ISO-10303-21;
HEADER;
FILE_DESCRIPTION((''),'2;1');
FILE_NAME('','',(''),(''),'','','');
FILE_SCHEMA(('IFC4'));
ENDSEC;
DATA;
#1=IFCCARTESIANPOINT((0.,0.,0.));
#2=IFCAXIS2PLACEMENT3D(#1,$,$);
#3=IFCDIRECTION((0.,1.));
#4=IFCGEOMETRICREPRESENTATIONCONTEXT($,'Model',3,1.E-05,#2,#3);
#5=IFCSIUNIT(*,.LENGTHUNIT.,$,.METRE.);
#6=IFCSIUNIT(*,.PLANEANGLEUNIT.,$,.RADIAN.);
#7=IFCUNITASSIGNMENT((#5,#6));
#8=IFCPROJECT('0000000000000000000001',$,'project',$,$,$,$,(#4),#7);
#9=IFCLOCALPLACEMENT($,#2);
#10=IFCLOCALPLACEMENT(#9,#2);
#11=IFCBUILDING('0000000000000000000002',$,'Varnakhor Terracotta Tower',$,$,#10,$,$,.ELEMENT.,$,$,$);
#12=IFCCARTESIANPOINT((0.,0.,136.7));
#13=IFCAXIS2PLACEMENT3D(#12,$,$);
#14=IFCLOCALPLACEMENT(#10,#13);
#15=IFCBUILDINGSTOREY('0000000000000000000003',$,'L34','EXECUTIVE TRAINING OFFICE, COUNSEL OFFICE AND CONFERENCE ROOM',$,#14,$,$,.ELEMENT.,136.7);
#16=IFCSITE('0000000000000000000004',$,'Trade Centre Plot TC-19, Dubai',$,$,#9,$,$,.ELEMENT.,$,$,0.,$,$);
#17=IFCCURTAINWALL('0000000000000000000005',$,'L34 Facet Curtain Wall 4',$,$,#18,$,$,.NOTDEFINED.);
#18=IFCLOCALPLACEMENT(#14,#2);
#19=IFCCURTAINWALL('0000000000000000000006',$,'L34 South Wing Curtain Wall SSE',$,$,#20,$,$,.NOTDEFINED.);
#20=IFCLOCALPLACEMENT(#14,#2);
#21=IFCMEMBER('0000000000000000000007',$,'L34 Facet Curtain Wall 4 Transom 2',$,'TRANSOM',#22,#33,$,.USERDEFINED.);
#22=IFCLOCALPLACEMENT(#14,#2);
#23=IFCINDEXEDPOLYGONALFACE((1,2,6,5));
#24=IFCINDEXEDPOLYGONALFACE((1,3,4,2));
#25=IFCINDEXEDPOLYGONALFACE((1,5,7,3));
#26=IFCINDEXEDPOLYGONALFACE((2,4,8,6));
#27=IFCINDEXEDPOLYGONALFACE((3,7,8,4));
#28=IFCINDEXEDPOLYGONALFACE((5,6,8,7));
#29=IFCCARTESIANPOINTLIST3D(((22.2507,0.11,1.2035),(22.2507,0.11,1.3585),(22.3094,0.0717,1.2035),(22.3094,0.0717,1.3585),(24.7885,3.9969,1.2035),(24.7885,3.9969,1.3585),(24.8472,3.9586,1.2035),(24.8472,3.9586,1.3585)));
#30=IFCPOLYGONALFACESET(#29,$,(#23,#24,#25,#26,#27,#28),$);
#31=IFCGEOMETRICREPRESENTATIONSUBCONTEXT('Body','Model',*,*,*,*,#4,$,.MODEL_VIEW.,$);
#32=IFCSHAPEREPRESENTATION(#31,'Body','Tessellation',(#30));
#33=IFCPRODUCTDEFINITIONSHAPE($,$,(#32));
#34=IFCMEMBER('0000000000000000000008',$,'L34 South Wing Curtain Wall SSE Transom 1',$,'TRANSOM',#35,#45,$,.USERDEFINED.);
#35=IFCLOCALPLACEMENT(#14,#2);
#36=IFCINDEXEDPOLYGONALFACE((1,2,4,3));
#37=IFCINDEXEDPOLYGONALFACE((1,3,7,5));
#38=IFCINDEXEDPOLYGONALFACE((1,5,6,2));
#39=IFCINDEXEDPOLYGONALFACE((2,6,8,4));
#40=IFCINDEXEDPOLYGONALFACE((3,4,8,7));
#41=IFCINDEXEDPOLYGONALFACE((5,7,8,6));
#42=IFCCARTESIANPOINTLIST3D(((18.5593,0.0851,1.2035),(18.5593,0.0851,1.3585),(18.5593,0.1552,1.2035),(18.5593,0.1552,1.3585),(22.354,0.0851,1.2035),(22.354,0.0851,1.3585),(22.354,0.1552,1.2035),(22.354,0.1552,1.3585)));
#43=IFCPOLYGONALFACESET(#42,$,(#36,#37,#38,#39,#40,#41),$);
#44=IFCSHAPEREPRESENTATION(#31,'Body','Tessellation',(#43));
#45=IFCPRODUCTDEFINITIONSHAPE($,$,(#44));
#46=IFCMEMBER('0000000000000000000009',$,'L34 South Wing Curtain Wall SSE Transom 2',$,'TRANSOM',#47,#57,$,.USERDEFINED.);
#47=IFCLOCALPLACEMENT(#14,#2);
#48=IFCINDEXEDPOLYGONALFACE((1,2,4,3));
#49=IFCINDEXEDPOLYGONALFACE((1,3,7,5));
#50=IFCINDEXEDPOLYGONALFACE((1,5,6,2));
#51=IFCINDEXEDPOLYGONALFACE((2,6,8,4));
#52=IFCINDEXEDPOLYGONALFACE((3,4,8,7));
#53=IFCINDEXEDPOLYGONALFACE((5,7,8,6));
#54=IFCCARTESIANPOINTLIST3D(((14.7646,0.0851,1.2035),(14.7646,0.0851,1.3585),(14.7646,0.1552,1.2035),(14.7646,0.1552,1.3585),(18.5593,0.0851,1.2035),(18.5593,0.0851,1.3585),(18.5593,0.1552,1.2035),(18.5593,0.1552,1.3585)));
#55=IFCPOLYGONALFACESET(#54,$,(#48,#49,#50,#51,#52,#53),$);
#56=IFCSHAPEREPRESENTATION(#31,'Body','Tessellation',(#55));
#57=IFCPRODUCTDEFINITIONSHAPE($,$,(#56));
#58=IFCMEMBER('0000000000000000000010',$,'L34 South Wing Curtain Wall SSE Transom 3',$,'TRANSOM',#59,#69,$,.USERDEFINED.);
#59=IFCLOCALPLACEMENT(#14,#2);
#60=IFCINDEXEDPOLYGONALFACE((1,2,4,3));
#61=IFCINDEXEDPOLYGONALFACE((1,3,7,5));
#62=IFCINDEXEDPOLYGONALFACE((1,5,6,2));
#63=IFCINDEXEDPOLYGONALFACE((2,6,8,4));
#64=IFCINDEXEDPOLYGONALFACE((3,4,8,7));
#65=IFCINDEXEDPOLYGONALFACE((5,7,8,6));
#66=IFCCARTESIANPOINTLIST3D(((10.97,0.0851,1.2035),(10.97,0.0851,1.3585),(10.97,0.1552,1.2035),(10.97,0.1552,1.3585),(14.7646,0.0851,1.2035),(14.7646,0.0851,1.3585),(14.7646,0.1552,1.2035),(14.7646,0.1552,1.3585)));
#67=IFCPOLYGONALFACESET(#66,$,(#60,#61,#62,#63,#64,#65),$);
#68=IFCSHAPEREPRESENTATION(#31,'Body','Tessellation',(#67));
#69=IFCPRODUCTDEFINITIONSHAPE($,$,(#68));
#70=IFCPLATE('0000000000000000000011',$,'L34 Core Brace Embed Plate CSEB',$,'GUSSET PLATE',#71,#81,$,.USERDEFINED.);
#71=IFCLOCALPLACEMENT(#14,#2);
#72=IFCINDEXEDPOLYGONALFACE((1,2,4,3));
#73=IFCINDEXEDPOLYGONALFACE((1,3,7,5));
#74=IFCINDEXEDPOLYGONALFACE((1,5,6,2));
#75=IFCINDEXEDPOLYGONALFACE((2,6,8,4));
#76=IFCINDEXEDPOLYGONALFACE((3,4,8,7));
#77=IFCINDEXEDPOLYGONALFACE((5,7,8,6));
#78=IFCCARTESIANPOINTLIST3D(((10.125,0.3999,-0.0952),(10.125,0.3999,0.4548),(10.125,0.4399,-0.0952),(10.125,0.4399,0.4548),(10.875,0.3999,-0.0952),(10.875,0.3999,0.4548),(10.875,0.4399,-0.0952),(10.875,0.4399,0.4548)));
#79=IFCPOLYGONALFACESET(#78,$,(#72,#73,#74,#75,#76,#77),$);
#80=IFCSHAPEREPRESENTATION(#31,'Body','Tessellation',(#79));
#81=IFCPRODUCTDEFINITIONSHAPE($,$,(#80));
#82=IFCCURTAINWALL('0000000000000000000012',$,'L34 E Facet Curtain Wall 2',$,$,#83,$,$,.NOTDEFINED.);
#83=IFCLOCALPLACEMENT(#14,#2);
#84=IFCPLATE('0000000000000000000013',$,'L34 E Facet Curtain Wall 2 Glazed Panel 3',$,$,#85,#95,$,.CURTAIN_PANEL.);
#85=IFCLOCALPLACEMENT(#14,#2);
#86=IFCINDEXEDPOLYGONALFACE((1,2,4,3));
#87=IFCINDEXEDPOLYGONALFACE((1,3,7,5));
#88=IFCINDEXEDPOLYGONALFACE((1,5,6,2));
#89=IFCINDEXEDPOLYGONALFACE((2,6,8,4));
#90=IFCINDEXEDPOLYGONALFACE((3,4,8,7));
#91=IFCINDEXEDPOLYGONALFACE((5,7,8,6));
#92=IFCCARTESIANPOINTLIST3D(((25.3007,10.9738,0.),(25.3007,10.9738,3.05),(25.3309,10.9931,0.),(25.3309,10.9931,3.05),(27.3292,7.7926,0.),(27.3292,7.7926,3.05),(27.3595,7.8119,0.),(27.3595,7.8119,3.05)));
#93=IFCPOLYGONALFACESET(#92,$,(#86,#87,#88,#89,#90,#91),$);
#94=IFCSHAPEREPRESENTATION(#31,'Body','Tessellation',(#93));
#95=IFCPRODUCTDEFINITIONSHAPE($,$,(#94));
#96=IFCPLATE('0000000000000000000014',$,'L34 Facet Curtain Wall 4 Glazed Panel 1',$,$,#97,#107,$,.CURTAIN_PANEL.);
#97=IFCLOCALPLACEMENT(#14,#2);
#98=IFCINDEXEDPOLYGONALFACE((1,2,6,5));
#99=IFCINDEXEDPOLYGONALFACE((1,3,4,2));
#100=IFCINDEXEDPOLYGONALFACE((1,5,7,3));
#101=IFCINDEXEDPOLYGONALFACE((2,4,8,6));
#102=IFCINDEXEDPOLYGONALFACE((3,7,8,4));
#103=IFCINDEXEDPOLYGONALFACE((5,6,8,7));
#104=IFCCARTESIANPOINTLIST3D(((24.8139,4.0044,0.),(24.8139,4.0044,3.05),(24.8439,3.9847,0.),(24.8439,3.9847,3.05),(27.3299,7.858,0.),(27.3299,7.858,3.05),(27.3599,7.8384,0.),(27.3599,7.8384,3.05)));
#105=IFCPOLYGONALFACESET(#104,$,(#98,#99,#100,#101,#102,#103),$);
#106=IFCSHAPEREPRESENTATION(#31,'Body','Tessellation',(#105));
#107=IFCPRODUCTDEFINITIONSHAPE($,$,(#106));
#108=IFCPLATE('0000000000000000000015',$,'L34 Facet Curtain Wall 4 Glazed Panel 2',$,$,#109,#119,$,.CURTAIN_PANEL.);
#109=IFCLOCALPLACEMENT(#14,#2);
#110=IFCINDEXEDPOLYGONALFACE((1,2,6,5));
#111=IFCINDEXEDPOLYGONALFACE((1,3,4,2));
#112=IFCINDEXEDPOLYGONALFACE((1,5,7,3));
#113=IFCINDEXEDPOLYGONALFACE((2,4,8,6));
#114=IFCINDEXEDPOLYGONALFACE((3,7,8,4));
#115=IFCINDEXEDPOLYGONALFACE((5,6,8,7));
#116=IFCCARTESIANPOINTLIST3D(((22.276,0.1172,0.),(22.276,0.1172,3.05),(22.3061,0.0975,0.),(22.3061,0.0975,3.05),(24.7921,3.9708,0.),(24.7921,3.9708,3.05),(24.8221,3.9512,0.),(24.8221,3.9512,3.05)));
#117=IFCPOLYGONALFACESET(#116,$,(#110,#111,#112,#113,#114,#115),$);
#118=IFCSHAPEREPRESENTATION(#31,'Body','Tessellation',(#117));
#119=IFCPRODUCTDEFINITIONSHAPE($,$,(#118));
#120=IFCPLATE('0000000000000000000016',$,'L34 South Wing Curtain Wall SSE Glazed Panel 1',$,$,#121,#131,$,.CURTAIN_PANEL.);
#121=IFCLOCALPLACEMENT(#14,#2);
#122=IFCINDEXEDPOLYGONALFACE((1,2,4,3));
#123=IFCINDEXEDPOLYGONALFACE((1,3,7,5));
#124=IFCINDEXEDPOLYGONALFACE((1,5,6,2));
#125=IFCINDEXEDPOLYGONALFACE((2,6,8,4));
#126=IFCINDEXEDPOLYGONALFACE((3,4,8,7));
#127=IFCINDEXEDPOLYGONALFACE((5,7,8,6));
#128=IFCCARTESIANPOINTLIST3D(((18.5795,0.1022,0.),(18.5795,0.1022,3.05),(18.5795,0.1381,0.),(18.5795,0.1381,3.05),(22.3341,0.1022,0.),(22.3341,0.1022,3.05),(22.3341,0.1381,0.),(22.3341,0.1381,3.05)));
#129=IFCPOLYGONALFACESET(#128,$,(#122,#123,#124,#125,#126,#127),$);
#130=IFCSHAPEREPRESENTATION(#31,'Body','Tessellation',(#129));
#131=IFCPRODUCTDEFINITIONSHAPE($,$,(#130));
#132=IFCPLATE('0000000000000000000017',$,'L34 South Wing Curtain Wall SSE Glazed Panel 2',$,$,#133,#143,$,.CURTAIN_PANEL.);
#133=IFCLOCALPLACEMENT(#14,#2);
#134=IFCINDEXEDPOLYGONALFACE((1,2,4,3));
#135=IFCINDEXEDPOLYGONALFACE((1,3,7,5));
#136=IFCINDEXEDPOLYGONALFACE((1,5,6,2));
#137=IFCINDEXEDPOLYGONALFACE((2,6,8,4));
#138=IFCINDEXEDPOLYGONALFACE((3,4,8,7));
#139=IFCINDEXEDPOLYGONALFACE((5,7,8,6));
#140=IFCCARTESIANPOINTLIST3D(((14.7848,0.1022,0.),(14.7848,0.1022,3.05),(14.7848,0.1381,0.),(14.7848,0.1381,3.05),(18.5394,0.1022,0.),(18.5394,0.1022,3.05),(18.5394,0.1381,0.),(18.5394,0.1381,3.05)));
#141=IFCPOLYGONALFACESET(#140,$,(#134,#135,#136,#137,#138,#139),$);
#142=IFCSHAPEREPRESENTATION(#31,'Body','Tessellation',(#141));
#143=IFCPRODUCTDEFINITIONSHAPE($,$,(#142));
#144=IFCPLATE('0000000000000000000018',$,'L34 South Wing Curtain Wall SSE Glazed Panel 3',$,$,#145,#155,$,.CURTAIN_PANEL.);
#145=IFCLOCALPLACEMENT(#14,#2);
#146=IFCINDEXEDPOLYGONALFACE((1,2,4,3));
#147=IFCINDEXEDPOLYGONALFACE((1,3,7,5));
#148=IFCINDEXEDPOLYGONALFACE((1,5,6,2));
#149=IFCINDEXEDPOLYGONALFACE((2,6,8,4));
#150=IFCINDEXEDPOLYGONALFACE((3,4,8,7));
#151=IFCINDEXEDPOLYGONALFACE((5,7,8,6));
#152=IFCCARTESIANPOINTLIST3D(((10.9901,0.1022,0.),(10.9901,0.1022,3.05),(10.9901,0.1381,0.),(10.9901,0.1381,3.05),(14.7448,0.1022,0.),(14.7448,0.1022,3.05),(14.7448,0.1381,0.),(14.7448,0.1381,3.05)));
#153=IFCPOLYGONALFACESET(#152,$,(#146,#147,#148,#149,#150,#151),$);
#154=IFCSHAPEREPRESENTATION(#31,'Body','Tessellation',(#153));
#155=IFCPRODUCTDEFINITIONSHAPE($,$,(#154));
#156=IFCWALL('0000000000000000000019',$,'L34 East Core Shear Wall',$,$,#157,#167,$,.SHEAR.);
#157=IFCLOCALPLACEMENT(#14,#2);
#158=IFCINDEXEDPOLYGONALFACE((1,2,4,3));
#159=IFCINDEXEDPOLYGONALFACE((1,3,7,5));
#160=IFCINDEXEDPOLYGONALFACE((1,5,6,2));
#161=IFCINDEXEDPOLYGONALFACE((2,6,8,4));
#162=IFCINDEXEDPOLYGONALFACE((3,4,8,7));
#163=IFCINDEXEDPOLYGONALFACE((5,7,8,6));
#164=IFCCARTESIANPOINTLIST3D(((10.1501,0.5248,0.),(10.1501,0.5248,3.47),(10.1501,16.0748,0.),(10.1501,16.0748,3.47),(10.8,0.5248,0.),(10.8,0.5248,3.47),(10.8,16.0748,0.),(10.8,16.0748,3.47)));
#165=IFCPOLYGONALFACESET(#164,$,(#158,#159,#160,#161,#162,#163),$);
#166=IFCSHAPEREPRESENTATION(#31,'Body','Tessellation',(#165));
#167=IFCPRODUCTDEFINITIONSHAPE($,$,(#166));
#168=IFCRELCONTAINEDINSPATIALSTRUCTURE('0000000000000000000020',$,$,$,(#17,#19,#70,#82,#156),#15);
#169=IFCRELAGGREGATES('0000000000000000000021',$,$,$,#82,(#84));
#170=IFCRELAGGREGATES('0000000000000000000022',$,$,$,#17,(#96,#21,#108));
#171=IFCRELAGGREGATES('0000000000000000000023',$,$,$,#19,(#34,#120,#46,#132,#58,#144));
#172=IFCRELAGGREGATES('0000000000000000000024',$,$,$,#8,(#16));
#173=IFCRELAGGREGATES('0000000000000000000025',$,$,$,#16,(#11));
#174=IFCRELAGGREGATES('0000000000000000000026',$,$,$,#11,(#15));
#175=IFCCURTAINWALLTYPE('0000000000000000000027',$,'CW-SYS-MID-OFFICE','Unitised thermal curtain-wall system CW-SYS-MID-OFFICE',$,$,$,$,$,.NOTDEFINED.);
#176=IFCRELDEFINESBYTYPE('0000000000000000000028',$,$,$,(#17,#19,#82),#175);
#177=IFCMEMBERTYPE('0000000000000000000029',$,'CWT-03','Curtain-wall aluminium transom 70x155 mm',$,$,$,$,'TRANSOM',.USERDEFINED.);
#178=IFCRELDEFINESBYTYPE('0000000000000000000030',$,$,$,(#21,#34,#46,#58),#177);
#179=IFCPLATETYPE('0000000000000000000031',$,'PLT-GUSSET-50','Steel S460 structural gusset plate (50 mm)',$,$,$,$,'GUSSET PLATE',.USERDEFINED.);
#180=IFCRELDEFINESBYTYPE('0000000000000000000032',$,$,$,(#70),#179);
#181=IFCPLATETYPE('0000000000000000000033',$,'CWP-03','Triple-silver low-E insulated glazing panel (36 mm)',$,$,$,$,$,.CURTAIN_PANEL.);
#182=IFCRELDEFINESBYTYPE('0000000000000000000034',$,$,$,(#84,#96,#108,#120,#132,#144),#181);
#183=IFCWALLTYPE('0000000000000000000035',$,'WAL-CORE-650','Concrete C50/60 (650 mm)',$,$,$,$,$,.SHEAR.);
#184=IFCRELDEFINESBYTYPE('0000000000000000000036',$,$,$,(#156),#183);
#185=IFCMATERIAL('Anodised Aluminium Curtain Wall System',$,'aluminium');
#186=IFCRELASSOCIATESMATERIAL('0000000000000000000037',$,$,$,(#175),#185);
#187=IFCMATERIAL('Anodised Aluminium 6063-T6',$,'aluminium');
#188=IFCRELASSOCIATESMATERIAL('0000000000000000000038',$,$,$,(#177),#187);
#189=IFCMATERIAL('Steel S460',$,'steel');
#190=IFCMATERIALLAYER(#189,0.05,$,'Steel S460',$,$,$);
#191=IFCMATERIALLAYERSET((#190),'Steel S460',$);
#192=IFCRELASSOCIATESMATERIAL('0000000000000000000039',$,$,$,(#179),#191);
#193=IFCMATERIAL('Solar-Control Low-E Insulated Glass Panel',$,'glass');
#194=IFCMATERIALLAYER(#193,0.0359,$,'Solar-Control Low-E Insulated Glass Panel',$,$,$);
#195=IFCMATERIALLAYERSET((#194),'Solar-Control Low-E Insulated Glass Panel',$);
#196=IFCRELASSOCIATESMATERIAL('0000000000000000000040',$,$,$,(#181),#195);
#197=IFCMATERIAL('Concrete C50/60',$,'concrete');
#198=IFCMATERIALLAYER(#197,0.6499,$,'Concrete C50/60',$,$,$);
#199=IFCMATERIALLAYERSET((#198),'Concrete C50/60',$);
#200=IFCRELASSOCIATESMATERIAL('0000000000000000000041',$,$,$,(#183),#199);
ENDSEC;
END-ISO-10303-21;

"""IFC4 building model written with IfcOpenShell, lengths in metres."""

from ifc_helpers import new_model, si_unit, direction, frame, frame_2d, origin, origin_2d, place, context, subcontext, project, spatial, rectangle, extrude, source, transform, mapped, material, layer, layer_set, material_profile, profile_set, type_object, type_shapes, element, aggregate, save


model = new_model("IFC4")

# Units and contexts
model_context = context("Model", 3, precision=1e-05, world=origin(), true_north=direction((0.0, 1.0)))
body_context = subcontext(model_context, "Body", "Model", "MODEL_VIEW")
ifc_project = project(units=[si_unit("LENGTHUNIT", "METRE"), si_unit("PLANEANGLEUNIT", "RADIAN")], contexts=[model_context])

# Site, building, storey
site_placement = place(None, origin())
site = spatial("IfcSite", under=ifc_project, at=site_placement, Name="Trade Centre Plot TC-19, Dubai", CompositionType="ELEMENT", RefElevation=0.0)
building_placement = place(site_placement, origin())
building = spatial("IfcBuilding", under=site, at=building_placement, Name="Varnakhor Terracotta Tower", CompositionType="ELEMENT")
storey_placement = place(building_placement, frame((0.0, 0.0, 136.7)))
storey = spatial("IfcBuildingStorey", under=building, at=storey_placement, Name="L34", Description="EXECUTIVE TRAINING OFFICE, COUNSEL OFFICE AND CONFERENCE ROOM", CompositionType="ELEMENT", Elevation=136.7)

# Shared definitions
ifc_material_1 = material(Name="Concrete C50/60", Category="concrete")
ifc_material_2 = material(Name="Steel S460", Category="steel")

# Curtain walls
ifc_material_3 = material(Name="Anodised Aluminium Curtain Wall System", Category="aluminium")
curtain_wall_type = type_object("IfcCurtainWallType", Name="CW-SYS-MID-OFFICE", Description="Unitised thermal curtain-wall system CW-SYS-MID-OFFICE", PredefinedType="NOTDEFINED", material=ifc_material_3)
curtain_wall_1_placement = place(storey_placement, origin())
curtain_wall_1 = element("IfcCurtainWall", 1, at=curtain_wall_1_placement, inside=storey, type_object=curtain_wall_type, Name="L34 Facet Curtain Wall 4", PredefinedType="NOTDEFINED")
ifc_material_4 = material(Name="Anodised Aluminium 6063-T6", Category="aluminium")
curtain_wall_2_placement = place(storey_placement, origin())
curtain_wall_2 = element("IfcCurtainWall", 2, at=curtain_wall_2_placement, inside=storey, type_object=curtain_wall_type, Name="L34 South Wing Curtain Wall SSE", PredefinedType="NOTDEFINED")

# Members
ifc_material_profile_1 = material_profile(ifc_material_4, rectangle(XDim=0.0701, YDim=0.155, at=origin_2d()), Name="ALU TRANSOM 70x155")
ifc_profile_set_1 = profile_set([ifc_material_profile_1], Name="Anodised Aluminium 6063-T6")
member_type_1 = type_object("IfcMemberType", Name="CWT-03", Description="Curtain-wall aluminium transom 70x155 mm", ElementType="TRANSOM", PredefinedType="USERDEFINED", material=ifc_profile_set_1)
shared_shape_1 = source(origin(), body_context, "Body", "SweptSolid", [
    extrude(rectangle(XDim=0.0701, YDim=0.155, at=origin_2d()), origin(), (0.0, 0.0, 1.0), 4.6421),
])
member_1_placement = place(storey_placement, frame((24.8179, 3.9778, 1.281), z_axis=(-0.546701, -0.837328, 0.0), x_axis=(0.837328, -0.546701, 0.0)))
member_1 = element("IfcMember", 3, at=member_1_placement, type_object=member_type_1, Name="L34 Facet Curtain Wall 4 Transom 2", ObjectType="TRANSOM", PredefinedType="USERDEFINED", context=body_context, shape_type="MappedRepresentation", body=[
    mapped(shared_shape_1, transform((0.0, 0.0, 0.0), scale=1.0)),
])
shared_shape_2 = source(origin(), body_context, "Body", "SweptSolid", [
    extrude(rectangle(XDim=0.0701, YDim=0.155, at=origin_2d()), origin(), (0.0, 0.0, 1.0), 3.7947),
])
member_2_placement = place(storey_placement, frame((22.354, 0.1201, 1.281), z_axis=(-1.0, 0.0, 0.0), x_axis=(0.0, -1.0, 0.0)))
member_2 = element("IfcMember", 4, at=member_2_placement, type_object=member_type_1, Name="L34 South Wing Curtain Wall SSE Transom 1", ObjectType="TRANSOM", PredefinedType="USERDEFINED", context=body_context, shape_type="MappedRepresentation", body=[
    mapped(shared_shape_2, transform((0.0, 0.0, 0.0), scale=1.0)),
])
member_3_placement = place(storey_placement, frame((18.5593, 0.1201, 1.281), z_axis=(-1.0, 0.0, 0.0), x_axis=(0.0, -1.0, 0.0)))
member_3 = element("IfcMember", 5, at=member_3_placement, type_object=member_type_1, Name="L34 South Wing Curtain Wall SSE Transom 2", ObjectType="TRANSOM", PredefinedType="USERDEFINED", context=body_context, shape_type="MappedRepresentation", body=[
    mapped(shared_shape_2, transform((0.0, 0.0, 0.0), scale=1.0)),
])
member_4_placement = place(storey_placement, frame((14.7646, 0.1201, 1.281), z_axis=(-1.0, 0.0, 0.0), x_axis=(0.0, -1.0, 0.0)))
member_4 = element("IfcMember", 6, at=member_4_placement, type_object=member_type_1, Name="L34 South Wing Curtain Wall SSE Transom 3", ObjectType="TRANSOM", PredefinedType="USERDEFINED", context=body_context, shape_type="MappedRepresentation", body=[
    mapped(shared_shape_2, transform((0.0, 0.0, 0.0), scale=1.0)),
])

# Plate
ifc_layer_1 = layer(ifc_material_2, 0.05, Name="Steel S460")
ifc_layer_set_1 = layer_set([ifc_layer_1], Name="Steel S460")
plate_type_1 = type_object("IfcPlateType", Name="PLT-GUSSET-50", Description="Steel S460 structural gusset plate (50 mm)", ElementType="GUSSET PLATE", PredefinedType="USERDEFINED", material=ifc_layer_set_1)
shared_shape_3 = source(origin(), body_context, "Body", "SweptSolid", [
    extrude(rectangle(XDim=0.75, YDim=0.04, at=origin_2d()), origin(), (0.0, 0.0, 1.0), 0.55),
])
type_shapes(plate_type_1, [shared_shape_3])
plate_1_placement = place(storey_placement, frame((10.5, 0.4199, -0.0952), z_axis=(0.0, 0.0, 1.0), x_axis=(1.0, 0.0, 0.0)))
element("IfcPlate", 7, at=plate_1_placement, inside=storey, type_object=plate_type_1, Name="L34 Core Brace Embed Plate CSEB", ObjectType="GUSSET PLATE", PredefinedType="USERDEFINED", context=body_context, shape_type="MappedRepresentation", body=[
    mapped(shared_shape_3, transform((0.0, 0.0, 0.0), scale=1.0)),
])

# Curtain wall, plate
curtain_wall_3_placement = place(storey_placement, origin())
curtain_wall_3 = element("IfcCurtainWall", 8, at=curtain_wall_3_placement, inside=storey, type_object=curtain_wall_type, Name="L34 E Facet Curtain Wall 2", PredefinedType="NOTDEFINED")
ifc_material_5 = material(Name="Solar-Control Low-E Insulated Glass Panel", Category="glass")
ifc_layer_2 = layer(ifc_material_5, 0.0359, Name="Solar-Control Low-E Insulated Glass Panel")
ifc_layer_set_2 = layer_set([ifc_layer_2], Name="Solar-Control Low-E Insulated Glass Panel")
plate_type_2 = type_object("IfcPlateType", Name="CWP-03", Description="Triple-silver low-E insulated glazing panel (36 mm)", PredefinedType="CURTAIN_PANEL", material=ifc_layer_set_2)
shared_shape_4 = source(origin(), body_context, "Body", "SweptSolid", [
    extrude(rectangle(XDim=3.7729, YDim=0.0359, at=origin_2d()), origin(), (0.0, 0.0, 1.0), 3.05),
])
plate_2_placement = place(storey_placement, frame((26.3301, 9.3928, 0.0), z_axis=(0.0, 0.0, 1.0), x_axis=(0.537668, -0.843157, 0.0)))
plate_2 = element("IfcPlate", 9, at=plate_2_placement, type_object=plate_type_2, Name="L34 E Facet Curtain Wall 2 Glazed Panel 3", PredefinedType="CURTAIN_PANEL", context=body_context, shape_type="MappedRepresentation", body=[
    mapped(shared_shape_4, transform((0.0, 0.0, 0.0), scale=1.0)),
])
aggregate(curtain_wall_3, [plate_2])

# Plates
shared_shape_5 = source(origin(), body_context, "Body", "SweptSolid", [
    extrude(rectangle(XDim=4.6023, YDim=0.0359, at=origin_2d()), origin(), (0.0, 0.0, 1.0), 3.05),
])
plate_3_placement = place(storey_placement, frame((26.0869, 5.9214, 0.0), z_axis=(0.0, 0.0, 1.0), x_axis=(-0.546687, -0.837337, 0.0)))
plate_3 = element("IfcPlate", 10, at=plate_3_placement, type_object=plate_type_2, Name="L34 Facet Curtain Wall 4 Glazed Panel 1", PredefinedType="CURTAIN_PANEL", context=body_context, shape_type="MappedRepresentation", body=[
    mapped(shared_shape_5, transform((0.0, 0.0, 0.0), scale=1.0)),
])
plate_4_placement = place(storey_placement, frame((23.5491, 2.0342, 0.0), z_axis=(0.0, 0.0, 1.0), x_axis=(-0.546687, -0.837337, 0.0)))
plate_4 = element("IfcPlate", 11, at=plate_4_placement, type_object=plate_type_2, Name="L34 Facet Curtain Wall 4 Glazed Panel 2", PredefinedType="CURTAIN_PANEL", context=body_context, shape_type="MappedRepresentation", body=[
    mapped(shared_shape_5, transform((0.0, 0.0, 0.0), scale=1.0)),
])
aggregate(curtain_wall_1, [plate_3, member_1, plate_4])
shared_shape_6 = source(origin(), body_context, "Body", "SweptSolid", [
    extrude(rectangle(XDim=3.7546, YDim=0.0359, at=origin_2d()), origin(), (0.0, 0.0, 1.0), 3.05),
])
plate_5_placement = place(storey_placement, frame((20.4568, 0.1201, 0.0), z_axis=(0.0, 0.0, 1.0), x_axis=(-1.0, 0.0, 0.0)))
plate_5 = element("IfcPlate", 12, at=plate_5_placement, type_object=plate_type_2, Name="L34 South Wing Curtain Wall SSE Glazed Panel 1", PredefinedType="CURTAIN_PANEL", context=body_context, shape_type="MappedRepresentation", body=[
    mapped(shared_shape_6, transform((0.0, 0.0, 0.0), scale=1.0)),
])
plate_6_placement = place(storey_placement, frame((16.6621, 0.1201, 0.0), z_axis=(0.0, 0.0, 1.0), x_axis=(-1.0, 0.0, 0.0)))
plate_6 = element("IfcPlate", 13, at=plate_6_placement, type_object=plate_type_2, Name="L34 South Wing Curtain Wall SSE Glazed Panel 2", PredefinedType="CURTAIN_PANEL", context=body_context, shape_type="MappedRepresentation", body=[
    mapped(shared_shape_6, transform((0.0, 0.0, 0.0), scale=1.0)),
])
plate_7_placement = place(storey_placement, frame((12.8674, 0.1201, 0.0), z_axis=(0.0, 0.0, 1.0), x_axis=(-1.0, 0.0, 0.0)))
plate_7 = element("IfcPlate", 14, at=plate_7_placement, type_object=plate_type_2, Name="L34 South Wing Curtain Wall SSE Glazed Panel 3", PredefinedType="CURTAIN_PANEL", context=body_context, shape_type="MappedRepresentation", body=[
    mapped(shared_shape_6, transform((0.0, 0.0, 0.0), scale=1.0)),
])
aggregate(curtain_wall_2, [member_2, plate_5, member_3, plate_6, member_4, plate_7])

# Wall
ifc_layer_3 = layer(ifc_material_1, 0.6499, Name="Concrete C50/60")
ifc_layer_set_3 = layer_set([ifc_layer_3], Name="Concrete C50/60")
wall_type_1 = type_object("IfcWallType", Name="WAL-CORE-650", Description="Concrete C50/60 (650 mm)", PredefinedType="SHEAR", material=ifc_layer_set_3)
wall_1_placement = place(storey_placement, frame((10.4751, 0.5249, 0.0), z_axis=(0.0, 0.0, 1.0), x_axis=(0.0, 1.0, 0.0)))
element("IfcWall", 15, at=wall_1_placement, inside=storey, type_object=wall_type_1, Name="L34 East Core Shear Wall", PredefinedType="SHEAR", context=body_context, shape_type="SweptSolid", body=[
    extrude(rectangle(XDim=15.55, YDim=0.6499, at=frame_2d((7.7749, 0.0))), origin(), (0.0, 0.0, 1.0), 3.47),
])

save(model, "model.ifc")
